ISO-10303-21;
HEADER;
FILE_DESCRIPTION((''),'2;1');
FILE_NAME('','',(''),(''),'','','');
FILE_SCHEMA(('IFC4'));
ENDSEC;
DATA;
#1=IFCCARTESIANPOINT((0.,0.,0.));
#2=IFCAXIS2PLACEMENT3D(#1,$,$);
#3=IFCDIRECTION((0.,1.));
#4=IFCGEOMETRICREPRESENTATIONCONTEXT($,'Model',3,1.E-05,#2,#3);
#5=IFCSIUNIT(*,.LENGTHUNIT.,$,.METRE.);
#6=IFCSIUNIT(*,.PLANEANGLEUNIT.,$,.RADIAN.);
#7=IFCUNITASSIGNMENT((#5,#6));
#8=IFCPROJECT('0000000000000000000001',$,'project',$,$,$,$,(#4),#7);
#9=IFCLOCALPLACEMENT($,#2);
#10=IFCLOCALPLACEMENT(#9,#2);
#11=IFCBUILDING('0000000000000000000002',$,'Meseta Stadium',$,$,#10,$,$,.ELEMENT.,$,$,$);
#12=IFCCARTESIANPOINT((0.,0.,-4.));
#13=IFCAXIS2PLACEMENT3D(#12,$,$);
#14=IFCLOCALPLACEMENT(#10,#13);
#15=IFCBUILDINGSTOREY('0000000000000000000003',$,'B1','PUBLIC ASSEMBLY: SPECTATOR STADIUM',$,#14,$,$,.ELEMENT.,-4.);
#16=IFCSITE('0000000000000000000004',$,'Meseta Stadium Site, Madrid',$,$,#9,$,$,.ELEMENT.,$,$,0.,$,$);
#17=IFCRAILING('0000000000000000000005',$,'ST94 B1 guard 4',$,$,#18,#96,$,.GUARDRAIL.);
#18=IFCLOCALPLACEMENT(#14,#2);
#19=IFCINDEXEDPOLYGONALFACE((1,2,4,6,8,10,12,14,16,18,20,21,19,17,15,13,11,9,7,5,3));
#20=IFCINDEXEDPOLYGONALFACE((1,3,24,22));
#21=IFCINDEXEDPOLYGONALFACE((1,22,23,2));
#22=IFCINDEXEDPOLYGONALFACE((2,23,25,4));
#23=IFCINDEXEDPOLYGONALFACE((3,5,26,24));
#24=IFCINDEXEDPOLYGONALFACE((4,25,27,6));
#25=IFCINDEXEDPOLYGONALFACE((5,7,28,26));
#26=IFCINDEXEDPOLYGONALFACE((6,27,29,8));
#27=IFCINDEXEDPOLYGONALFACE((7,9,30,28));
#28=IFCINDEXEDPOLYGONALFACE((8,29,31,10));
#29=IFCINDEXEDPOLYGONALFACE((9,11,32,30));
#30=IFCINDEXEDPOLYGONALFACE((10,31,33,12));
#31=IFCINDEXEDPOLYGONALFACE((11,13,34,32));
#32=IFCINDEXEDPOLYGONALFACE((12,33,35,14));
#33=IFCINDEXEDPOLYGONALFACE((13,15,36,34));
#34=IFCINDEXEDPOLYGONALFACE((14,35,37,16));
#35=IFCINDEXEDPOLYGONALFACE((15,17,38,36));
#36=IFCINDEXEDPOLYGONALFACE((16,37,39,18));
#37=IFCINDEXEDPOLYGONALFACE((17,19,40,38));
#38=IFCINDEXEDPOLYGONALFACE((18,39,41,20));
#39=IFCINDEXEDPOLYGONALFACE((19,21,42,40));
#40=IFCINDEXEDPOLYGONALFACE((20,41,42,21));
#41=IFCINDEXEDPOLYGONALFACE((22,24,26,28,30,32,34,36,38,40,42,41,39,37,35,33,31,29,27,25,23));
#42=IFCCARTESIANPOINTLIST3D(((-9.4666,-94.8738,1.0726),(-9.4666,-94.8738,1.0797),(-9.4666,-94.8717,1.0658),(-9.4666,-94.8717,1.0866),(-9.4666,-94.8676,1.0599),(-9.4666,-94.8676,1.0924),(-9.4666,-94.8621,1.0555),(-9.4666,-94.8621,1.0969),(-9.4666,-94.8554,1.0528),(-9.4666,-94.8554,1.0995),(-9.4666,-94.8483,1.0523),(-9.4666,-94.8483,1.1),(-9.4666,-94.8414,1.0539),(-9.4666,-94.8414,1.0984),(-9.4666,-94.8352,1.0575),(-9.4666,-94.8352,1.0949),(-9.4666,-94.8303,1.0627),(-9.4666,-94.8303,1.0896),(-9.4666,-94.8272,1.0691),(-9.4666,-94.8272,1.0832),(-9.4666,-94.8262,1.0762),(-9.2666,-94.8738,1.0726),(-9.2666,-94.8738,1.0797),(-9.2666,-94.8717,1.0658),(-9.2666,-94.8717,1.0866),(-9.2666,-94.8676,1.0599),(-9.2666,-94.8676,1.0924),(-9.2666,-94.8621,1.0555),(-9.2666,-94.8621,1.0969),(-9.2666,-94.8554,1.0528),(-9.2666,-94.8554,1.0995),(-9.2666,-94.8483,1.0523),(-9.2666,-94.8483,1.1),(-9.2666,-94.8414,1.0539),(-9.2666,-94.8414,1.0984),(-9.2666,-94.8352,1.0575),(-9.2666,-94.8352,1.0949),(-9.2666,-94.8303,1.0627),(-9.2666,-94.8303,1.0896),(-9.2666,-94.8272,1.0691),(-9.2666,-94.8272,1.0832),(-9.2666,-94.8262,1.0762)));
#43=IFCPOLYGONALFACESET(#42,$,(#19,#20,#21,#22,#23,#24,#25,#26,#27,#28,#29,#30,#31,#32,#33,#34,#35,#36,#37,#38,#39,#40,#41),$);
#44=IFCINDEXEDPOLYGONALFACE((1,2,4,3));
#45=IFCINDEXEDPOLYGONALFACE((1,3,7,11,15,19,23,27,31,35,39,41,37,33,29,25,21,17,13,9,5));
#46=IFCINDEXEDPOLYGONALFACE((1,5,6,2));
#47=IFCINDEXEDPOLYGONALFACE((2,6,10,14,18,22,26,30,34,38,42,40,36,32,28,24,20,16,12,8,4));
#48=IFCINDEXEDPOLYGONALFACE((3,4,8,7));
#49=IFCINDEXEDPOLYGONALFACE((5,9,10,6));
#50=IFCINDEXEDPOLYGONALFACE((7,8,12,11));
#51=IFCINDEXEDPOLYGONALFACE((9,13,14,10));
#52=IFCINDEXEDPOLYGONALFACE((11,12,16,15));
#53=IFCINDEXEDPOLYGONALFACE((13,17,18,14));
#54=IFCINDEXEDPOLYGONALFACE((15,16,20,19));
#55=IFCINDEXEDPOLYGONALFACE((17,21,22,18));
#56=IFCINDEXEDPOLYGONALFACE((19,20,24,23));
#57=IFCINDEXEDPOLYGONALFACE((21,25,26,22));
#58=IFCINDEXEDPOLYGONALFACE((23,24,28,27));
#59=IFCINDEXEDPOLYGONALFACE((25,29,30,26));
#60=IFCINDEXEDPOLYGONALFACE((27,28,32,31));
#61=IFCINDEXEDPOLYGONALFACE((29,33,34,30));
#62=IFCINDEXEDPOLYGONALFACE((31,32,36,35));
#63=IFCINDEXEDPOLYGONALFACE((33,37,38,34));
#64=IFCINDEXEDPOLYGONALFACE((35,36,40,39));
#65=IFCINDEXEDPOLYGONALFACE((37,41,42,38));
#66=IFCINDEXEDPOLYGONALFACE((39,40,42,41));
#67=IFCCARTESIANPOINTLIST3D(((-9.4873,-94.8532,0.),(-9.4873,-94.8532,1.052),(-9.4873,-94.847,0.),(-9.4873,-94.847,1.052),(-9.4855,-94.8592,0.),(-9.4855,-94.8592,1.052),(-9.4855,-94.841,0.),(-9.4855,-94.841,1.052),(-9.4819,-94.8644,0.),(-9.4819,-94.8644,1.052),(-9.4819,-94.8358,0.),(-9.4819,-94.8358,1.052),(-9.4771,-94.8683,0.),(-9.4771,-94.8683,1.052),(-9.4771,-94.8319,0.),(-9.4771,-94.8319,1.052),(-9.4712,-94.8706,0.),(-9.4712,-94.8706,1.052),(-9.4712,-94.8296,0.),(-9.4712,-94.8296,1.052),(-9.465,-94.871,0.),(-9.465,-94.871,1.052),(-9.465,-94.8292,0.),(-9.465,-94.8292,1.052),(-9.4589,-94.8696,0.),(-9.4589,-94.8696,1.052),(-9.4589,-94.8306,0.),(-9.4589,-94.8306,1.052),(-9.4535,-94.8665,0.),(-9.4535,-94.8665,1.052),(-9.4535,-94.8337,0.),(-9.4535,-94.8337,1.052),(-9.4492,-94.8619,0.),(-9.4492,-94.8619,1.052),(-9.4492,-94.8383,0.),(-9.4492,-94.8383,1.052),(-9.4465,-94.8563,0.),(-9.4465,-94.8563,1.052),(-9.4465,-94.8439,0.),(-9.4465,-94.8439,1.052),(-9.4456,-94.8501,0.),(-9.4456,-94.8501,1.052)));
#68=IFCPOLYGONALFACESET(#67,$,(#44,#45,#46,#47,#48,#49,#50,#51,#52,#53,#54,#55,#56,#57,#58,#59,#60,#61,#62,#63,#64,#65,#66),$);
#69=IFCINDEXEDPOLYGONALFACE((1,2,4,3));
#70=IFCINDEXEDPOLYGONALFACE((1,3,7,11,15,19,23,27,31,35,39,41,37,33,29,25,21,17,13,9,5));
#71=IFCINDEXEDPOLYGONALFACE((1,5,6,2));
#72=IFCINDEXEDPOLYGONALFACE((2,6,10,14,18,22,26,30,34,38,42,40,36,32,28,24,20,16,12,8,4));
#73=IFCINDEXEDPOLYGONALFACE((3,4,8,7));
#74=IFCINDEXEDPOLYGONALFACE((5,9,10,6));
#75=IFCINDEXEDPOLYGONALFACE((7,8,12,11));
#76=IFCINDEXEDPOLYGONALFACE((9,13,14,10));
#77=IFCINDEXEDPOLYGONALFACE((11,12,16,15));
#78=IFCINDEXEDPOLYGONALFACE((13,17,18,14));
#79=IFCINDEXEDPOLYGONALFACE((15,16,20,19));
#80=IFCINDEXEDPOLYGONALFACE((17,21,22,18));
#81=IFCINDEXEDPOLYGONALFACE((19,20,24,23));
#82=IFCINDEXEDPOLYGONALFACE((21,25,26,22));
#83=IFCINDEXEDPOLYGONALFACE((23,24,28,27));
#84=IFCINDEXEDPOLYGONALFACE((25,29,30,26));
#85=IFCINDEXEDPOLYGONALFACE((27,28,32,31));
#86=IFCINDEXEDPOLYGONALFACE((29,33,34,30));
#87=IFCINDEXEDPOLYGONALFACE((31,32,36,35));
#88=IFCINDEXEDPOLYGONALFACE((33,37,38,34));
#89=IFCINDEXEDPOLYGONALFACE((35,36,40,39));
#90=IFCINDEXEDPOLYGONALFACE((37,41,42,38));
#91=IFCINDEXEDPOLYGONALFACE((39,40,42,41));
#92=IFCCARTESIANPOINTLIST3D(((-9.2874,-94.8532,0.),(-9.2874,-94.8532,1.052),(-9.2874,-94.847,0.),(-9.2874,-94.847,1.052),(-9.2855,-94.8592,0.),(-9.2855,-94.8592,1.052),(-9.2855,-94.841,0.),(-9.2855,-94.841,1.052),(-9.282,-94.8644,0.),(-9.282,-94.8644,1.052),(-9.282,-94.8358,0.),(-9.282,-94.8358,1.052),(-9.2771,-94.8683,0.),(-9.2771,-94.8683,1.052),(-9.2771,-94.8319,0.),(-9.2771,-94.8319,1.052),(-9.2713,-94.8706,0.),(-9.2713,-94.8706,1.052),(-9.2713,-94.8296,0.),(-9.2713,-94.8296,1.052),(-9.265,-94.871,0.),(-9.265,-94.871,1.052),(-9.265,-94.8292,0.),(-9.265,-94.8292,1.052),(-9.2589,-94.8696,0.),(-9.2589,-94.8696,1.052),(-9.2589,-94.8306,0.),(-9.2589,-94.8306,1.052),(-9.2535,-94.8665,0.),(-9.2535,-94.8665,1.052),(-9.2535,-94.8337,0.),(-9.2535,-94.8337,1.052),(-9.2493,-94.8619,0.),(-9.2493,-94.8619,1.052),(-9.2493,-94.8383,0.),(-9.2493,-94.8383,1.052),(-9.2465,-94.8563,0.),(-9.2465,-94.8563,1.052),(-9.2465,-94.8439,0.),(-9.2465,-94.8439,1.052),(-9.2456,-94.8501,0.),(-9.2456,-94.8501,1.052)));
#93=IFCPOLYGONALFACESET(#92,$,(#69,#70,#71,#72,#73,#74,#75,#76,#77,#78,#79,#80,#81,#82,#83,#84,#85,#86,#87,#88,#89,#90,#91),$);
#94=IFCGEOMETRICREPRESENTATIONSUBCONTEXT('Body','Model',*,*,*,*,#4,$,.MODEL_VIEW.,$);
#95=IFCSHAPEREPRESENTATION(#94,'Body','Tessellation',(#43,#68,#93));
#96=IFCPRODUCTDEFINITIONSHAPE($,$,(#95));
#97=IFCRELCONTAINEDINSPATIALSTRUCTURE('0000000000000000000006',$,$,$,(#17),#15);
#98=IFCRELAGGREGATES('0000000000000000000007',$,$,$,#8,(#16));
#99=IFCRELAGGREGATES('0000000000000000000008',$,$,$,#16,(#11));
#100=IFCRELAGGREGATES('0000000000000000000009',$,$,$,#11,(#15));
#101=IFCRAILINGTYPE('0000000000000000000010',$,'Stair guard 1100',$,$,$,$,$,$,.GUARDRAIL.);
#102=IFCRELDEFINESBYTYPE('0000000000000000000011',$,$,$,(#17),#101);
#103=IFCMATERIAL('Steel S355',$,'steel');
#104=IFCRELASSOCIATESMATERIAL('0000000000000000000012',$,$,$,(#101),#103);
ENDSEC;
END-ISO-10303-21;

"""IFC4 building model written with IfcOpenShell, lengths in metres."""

from ifc_helpers import new_model, si_unit, direction, frame, origin, origin_2d, place, context, subcontext, project, spatial, circle, extrude, material, type_object, element, save


model = new_model("IFC4")

# Units and contexts
model_context = context("Model", 3, precision=1e-05, world=origin(), true_north=direction((0.0, 1.0)))
body_context = subcontext(model_context, "Body", "Model", "MODEL_VIEW")
ifc_project = project(units=[si_unit("LENGTHUNIT", "METRE"), si_unit("PLANEANGLEUNIT", "RADIAN")], contexts=[model_context])

# Site, building, storey
site_placement = place(None, origin())
site = spatial("IfcSite", under=ifc_project, at=site_placement, Name="Meseta Stadium Site, Madrid", CompositionType="ELEMENT", RefElevation=0.0)
building_placement = place(site_placement, origin())
building = spatial("IfcBuilding", under=site, at=building_placement, Name="Meseta Stadium", CompositionType="ELEMENT")
storey_placement = place(building_placement, frame((0.0, 0.0, -4.0)))
storey = spatial("IfcBuildingStorey", under=building, at=storey_placement, Name="B1", Description="PUBLIC ASSEMBLY: SPECTATOR STADIUM", CompositionType="ELEMENT", Elevation=-4.0)

# Railing
ifc_material_1 = material(Name="Steel S355", Category="steel")
railing_type_1 = type_object("IfcRailingType", Name="Stair guard 1100", PredefinedType="GUARDRAIL", material=ifc_material_1)
railing_1_placement = place(storey_placement, frame((-9.4666, -94.8501, 0.0)))
element("IfcRailing", 1, at=railing_1_placement, inside=storey, type_object=railing_type_1, Name="ST94 B1 guard 4", PredefinedType="GUARDRAIL", context=body_context, shape_type="SweptSolid", body=[
    extrude(circle(Radius=0.0239, at=origin_2d()), frame((0.0, 0.0, 1.0762), z_axis=(1.0, 0.0, 0.0), x_axis=(0.0, 1.0, 0.0)), (0.0, 0.0, 1.0), 0.2),
    extrude(circle(Radius=0.021, at=origin_2d()), origin(), (0.0, 0.0, 1.0), 1.052),
    extrude(circle(Radius=0.021, at=origin_2d()), frame((0.2, 0.0, 0.0)), (0.0, 0.0, 1.0), 1.052),
])

save(model, "model.ifc")
